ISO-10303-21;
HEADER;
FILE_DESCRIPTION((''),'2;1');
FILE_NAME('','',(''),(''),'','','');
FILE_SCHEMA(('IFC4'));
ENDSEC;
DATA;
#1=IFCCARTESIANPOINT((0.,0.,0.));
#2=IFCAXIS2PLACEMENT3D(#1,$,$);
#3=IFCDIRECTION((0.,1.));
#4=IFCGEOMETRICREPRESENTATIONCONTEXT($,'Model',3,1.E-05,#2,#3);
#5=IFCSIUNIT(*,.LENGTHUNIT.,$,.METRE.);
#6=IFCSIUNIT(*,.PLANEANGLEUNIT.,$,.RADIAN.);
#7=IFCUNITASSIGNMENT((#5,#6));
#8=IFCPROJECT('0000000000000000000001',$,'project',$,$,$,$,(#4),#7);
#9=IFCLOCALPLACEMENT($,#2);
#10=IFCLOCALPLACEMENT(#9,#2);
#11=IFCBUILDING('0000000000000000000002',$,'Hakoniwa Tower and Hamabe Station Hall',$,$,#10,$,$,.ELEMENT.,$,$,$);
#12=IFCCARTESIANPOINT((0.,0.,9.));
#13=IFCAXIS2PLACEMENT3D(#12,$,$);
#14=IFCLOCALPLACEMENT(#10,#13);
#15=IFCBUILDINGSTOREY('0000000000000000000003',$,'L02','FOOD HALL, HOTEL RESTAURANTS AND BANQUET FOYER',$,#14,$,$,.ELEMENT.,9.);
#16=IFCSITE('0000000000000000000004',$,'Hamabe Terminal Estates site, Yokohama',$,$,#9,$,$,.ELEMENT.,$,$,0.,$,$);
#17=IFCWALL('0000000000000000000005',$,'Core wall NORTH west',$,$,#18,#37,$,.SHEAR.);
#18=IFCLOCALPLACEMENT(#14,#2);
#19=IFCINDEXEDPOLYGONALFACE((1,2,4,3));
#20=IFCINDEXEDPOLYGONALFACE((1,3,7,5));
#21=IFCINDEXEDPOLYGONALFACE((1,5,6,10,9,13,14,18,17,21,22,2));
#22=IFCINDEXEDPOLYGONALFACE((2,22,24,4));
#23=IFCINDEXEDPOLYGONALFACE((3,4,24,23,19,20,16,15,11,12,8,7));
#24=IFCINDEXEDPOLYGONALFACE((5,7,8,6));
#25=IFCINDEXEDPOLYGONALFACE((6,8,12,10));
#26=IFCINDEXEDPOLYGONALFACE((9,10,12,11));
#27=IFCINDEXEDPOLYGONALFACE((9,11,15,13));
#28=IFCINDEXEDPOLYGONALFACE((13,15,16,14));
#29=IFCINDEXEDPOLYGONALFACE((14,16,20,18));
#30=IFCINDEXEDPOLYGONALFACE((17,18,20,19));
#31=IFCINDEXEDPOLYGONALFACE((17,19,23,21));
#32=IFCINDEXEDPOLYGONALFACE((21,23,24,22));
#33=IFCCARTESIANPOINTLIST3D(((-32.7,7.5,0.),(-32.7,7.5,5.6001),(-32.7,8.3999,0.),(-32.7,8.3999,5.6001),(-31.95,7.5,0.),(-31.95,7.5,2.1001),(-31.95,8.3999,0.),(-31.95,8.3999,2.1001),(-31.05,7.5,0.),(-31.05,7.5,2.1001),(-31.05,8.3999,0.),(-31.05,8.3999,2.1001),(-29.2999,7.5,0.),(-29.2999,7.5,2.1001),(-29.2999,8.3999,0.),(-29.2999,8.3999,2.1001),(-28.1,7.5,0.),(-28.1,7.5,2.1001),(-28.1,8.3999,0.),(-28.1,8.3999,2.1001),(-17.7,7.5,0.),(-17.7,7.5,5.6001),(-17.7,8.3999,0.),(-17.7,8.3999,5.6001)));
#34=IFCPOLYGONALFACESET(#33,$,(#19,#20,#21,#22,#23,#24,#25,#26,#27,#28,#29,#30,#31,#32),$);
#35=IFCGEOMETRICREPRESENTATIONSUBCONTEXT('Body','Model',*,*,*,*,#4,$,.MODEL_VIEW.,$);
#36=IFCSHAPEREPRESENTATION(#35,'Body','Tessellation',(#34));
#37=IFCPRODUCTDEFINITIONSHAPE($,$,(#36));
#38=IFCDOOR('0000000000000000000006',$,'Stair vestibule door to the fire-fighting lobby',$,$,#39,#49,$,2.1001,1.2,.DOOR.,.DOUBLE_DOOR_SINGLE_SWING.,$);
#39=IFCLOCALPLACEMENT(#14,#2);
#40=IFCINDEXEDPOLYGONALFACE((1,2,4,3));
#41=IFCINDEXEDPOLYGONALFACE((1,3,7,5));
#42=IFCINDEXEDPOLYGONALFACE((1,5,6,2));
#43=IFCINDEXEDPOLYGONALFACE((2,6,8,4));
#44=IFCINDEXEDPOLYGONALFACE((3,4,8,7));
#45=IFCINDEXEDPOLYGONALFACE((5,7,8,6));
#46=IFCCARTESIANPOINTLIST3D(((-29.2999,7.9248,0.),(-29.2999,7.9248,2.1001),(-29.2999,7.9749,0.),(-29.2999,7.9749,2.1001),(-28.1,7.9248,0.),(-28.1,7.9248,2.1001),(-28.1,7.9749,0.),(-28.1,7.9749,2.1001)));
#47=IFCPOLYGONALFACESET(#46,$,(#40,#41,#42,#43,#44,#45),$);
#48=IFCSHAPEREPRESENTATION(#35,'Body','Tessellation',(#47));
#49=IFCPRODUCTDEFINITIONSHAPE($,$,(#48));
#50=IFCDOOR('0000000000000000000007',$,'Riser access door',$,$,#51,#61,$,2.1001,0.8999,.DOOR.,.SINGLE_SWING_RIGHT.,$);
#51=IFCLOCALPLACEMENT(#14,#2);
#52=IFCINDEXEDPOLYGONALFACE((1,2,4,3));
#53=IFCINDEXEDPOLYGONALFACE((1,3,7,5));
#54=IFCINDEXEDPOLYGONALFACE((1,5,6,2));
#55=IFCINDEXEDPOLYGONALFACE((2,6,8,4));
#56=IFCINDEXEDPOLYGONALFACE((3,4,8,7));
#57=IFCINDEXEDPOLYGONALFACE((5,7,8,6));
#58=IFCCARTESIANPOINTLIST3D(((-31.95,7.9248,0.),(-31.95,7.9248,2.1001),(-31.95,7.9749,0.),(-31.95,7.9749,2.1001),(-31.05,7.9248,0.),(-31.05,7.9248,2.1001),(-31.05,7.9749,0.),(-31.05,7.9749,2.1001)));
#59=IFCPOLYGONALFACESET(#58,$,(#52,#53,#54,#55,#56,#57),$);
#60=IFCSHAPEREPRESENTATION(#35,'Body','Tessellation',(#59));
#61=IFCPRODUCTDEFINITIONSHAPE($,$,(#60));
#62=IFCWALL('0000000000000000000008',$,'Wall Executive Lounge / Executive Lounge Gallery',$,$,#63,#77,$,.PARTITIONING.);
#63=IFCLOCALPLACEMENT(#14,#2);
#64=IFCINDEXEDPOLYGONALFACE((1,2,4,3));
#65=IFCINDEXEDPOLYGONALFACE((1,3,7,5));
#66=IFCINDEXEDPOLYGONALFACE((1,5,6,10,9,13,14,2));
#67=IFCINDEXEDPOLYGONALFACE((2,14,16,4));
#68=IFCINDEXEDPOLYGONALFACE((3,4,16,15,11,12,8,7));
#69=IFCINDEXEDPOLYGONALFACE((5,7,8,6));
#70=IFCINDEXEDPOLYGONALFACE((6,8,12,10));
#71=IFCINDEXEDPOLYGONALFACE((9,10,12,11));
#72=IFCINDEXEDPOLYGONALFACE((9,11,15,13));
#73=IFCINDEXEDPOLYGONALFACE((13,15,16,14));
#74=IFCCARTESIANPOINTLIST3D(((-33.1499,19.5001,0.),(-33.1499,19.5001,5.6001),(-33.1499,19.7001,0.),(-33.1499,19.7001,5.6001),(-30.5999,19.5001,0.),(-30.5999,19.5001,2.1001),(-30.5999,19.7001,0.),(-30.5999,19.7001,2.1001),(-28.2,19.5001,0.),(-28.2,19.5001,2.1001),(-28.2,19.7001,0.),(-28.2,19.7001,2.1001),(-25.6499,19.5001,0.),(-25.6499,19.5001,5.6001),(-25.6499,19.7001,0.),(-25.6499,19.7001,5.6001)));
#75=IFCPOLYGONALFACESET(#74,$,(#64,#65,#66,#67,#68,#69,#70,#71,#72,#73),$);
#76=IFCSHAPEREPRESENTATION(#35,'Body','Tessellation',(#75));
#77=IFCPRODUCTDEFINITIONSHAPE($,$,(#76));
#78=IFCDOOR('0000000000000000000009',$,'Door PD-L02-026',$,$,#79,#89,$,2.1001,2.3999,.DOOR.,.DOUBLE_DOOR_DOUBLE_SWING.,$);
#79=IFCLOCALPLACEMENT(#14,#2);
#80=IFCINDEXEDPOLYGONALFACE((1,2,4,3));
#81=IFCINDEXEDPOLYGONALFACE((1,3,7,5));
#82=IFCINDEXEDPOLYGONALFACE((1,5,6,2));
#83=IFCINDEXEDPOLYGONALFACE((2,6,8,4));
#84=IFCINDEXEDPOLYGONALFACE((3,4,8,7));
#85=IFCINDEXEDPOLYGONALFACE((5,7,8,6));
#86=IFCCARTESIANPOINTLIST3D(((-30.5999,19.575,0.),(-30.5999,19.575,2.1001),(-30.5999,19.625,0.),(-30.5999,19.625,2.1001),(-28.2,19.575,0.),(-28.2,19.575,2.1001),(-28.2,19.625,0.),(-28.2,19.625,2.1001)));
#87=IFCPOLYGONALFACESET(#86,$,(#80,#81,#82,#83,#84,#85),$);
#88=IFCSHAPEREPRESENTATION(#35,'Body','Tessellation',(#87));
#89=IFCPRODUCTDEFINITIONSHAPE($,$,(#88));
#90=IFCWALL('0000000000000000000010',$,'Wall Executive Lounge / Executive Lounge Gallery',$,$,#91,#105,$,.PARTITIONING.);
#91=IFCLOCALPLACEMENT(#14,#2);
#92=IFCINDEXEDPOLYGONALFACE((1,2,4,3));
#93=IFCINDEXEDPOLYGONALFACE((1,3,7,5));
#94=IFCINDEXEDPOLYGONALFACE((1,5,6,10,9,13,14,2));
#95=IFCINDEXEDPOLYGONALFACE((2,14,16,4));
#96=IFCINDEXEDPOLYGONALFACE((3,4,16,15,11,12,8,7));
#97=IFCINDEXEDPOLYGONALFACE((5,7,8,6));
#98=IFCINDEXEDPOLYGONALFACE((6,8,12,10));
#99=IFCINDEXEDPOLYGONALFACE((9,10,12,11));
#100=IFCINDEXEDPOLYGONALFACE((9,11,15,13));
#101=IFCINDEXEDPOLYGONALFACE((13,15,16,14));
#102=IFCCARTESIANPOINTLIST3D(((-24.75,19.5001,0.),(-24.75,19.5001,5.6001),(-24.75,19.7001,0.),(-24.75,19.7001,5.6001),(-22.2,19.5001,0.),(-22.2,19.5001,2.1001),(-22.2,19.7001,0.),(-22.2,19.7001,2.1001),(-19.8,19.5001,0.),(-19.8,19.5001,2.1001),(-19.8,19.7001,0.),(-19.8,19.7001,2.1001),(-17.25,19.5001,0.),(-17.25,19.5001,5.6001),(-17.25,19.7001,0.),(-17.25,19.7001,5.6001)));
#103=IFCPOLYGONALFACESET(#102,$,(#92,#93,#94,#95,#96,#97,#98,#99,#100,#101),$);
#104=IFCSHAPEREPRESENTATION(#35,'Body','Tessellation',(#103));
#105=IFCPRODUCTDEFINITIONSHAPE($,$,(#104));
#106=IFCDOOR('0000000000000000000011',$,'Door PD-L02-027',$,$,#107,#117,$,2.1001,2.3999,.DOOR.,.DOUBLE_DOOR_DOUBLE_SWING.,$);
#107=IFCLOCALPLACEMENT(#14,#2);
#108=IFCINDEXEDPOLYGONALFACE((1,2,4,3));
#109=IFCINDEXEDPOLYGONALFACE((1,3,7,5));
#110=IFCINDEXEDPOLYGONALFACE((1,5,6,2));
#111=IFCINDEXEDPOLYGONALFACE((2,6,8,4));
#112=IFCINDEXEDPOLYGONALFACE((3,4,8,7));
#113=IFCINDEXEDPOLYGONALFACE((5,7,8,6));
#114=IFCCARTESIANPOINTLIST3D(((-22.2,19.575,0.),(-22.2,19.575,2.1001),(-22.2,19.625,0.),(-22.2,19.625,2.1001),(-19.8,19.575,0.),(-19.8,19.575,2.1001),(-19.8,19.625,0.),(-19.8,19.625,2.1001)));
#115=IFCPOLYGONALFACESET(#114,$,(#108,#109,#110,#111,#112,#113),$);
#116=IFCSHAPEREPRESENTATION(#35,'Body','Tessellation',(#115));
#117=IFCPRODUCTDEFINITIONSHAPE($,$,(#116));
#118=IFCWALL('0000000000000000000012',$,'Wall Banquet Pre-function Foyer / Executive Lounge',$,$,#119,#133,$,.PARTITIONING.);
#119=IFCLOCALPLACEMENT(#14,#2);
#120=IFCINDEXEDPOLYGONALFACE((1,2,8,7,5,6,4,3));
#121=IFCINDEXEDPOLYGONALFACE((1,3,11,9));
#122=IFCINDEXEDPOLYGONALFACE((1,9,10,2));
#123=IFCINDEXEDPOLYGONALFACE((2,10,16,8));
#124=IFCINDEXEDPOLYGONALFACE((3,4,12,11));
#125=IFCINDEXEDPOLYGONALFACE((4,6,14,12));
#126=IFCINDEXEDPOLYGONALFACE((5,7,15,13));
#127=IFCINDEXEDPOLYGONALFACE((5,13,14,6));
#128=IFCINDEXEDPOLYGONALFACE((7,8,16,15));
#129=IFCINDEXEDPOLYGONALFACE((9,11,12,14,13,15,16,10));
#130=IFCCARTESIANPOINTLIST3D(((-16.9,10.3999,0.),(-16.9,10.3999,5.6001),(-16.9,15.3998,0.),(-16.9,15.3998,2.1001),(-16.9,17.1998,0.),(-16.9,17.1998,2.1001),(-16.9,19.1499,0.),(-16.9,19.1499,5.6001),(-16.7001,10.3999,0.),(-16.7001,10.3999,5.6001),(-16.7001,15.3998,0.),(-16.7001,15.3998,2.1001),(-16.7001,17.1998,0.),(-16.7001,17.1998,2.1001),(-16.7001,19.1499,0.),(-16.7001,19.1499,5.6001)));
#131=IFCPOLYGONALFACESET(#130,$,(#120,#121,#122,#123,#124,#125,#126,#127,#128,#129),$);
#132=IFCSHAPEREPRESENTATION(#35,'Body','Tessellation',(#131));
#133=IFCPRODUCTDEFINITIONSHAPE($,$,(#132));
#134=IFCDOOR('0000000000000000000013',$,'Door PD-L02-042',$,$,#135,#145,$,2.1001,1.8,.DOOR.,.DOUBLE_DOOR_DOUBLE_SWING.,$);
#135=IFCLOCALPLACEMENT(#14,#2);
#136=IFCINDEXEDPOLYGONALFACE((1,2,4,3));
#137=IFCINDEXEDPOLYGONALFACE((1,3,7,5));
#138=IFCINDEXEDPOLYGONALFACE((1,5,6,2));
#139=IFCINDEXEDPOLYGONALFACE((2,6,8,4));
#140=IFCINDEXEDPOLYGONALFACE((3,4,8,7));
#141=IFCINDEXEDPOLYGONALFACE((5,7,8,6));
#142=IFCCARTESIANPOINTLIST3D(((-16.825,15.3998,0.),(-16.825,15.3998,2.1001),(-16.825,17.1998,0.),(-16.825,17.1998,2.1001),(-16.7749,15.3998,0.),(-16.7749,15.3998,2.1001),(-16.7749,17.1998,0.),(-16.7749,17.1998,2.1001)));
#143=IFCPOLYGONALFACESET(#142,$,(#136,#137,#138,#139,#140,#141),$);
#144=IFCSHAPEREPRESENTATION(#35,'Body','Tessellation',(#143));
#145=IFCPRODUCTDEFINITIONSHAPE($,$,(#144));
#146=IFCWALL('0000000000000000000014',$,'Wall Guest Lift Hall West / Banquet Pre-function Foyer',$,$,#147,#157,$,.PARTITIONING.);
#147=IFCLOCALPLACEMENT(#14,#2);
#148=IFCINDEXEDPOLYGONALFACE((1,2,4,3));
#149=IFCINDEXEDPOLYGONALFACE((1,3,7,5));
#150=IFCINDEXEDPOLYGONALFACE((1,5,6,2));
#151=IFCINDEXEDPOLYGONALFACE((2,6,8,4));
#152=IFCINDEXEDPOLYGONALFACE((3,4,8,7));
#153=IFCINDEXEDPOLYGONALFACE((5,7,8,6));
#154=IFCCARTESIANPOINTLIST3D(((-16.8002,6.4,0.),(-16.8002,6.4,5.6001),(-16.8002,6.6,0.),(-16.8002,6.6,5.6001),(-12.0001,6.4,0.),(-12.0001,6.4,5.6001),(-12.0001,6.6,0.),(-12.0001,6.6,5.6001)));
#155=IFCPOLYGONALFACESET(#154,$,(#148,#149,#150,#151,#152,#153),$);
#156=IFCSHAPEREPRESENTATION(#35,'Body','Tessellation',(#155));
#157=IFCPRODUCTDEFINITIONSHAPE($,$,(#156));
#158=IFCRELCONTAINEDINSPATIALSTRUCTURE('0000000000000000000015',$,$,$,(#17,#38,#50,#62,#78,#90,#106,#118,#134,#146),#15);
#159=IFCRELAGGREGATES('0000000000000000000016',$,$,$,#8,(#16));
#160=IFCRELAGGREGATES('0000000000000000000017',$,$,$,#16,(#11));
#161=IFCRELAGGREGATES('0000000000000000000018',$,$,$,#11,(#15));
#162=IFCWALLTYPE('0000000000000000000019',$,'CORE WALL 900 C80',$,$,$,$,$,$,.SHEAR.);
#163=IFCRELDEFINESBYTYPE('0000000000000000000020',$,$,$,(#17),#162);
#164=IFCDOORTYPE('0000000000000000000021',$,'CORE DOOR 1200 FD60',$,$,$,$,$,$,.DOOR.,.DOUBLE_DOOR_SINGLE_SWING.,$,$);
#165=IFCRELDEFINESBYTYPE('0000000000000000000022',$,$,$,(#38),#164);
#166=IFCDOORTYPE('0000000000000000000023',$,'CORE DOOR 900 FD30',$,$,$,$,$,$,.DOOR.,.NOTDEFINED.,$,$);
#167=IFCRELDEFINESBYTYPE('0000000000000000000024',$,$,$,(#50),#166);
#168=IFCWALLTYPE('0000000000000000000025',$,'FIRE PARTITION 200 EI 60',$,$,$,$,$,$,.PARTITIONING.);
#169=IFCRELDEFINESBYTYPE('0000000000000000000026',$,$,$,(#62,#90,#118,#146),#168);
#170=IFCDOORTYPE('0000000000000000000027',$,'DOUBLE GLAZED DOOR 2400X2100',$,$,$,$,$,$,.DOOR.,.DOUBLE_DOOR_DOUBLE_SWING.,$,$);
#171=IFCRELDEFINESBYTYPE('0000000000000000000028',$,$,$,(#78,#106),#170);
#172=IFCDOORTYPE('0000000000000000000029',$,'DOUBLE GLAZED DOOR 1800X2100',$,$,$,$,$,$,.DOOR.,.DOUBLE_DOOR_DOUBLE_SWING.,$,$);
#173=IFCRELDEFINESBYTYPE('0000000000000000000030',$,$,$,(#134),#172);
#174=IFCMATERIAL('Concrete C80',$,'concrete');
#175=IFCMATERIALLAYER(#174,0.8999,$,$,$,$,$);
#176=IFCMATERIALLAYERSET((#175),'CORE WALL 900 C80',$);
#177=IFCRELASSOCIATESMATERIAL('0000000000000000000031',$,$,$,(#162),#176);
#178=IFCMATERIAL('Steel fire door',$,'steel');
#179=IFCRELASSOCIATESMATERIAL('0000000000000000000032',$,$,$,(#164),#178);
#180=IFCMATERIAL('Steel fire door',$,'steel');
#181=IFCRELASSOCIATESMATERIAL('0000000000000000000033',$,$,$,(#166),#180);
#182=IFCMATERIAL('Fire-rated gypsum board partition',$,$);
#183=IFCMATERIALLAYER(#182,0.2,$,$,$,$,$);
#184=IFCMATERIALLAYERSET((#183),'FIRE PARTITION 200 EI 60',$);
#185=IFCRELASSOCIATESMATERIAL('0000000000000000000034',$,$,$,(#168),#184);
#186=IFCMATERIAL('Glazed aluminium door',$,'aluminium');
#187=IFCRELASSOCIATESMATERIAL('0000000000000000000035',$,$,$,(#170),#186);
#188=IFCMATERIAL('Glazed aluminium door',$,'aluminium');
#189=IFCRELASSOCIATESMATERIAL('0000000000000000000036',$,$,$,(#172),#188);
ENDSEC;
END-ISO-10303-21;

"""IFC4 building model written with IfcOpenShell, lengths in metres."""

from ifc_helpers import new_model, si_unit, direction, frame, frame_2d, origin, place, context, subcontext, project, spatial, rectangle, extrude, material, layer, layer_set, type_object, element, fill, save


model = new_model("IFC4")

# Units and contexts
model_context = context("Model", 3, precision=1e-05, world=origin(), true_north=direction((0.0, 1.0)))
body_context = subcontext(model_context, "Body", "Model", "MODEL_VIEW")
ifc_project = project(units=[si_unit("LENGTHUNIT", "METRE"), si_unit("PLANEANGLEUNIT", "RADIAN")], contexts=[model_context])

# Site, building, storey
site_placement = place(None, origin())
site = spatial("IfcSite", under=ifc_project, at=site_placement, Name="Hamabe Terminal Estates site, Yokohama", CompositionType="ELEMENT", RefElevation=0.0)
building_placement = place(site_placement, origin())
building = spatial("IfcBuilding", under=site, at=building_placement, Name="Hakoniwa Tower and Hamabe Station Hall", CompositionType="ELEMENT")
storey_placement = place(building_placement, frame((0.0, 0.0, 9.0)))
storey = spatial("IfcBuildingStorey", under=building, at=storey_placement, Name="L02", Description="FOOD HALL, HOTEL RESTAURANTS AND BANQUET FOYER", CompositionType="ELEMENT", Elevation=9.0)

# Wall, openings, doors
ifc_material_1 = material(Name="Concrete C80", Category="concrete")
ifc_layer_1 = layer(ifc_material_1, 0.8999)
ifc_layer_set_1 = layer_set([ifc_layer_1], Name="CORE WALL 900 C80")
wall_type_1 = type_object("IfcWallType", Name="CORE WALL 900 C80", PredefinedType="SHEAR", material=ifc_layer_set_1)
wall_1_placement = place(storey_placement, frame((-32.7, 7.95, 0.0), z_axis=(0.0, 0.0, 1.0), x_axis=(1.0, 0.0, 0.0)))
wall_1 = element("IfcWall", 1, at=wall_1_placement, inside=storey, type_object=wall_type_1, Name="Core wall NORTH west", PredefinedType="SHEAR", context=body_context, shape_type="SweptSolid", body=[
    extrude(rectangle(XDim=15.0, YDim=0.8999, at=frame_2d((7.5, 0.0))), origin(), (0.0, 0.0, 1.0), 5.6001),
])
opening_1_placement = place(wall_1_placement, frame((3.3999, 0.0, 0.0)))
opening_1 = element("IfcOpeningElement", 2, at=opening_1_placement, cuts=wall_1, PredefinedType="OPENING", context=body_context, shape_type="SweptSolid", body=[
    extrude(rectangle(XDim=1.2, YDim=2.1001, at=frame_2d((0.6001, 1.05))), frame((0.0, 0.46, 0.0), z_axis=(0.0, -1.0, 0.0), x_axis=(1.0, 0.0, 0.0)), (0.0, 0.0, 1.0), 0.9199),
])
opening_2_placement = place(wall_1_placement, frame((0.75, 0.0, 0.0)))
opening_2 = element("IfcOpeningElement", 3, at=opening_2_placement, cuts=wall_1, PredefinedType="OPENING", context=body_context, shape_type="SweptSolid", body=[
    extrude(rectangle(XDim=0.8999, YDim=2.1001, at=frame_2d((0.45, 1.05))), frame((0.0, 0.46, 0.0), z_axis=(0.0, -1.0, 0.0), x_axis=(1.0, 0.0, 0.0)), (0.0, 0.0, 1.0), 0.9199),
])
ifc_material_2 = material(Name="Steel fire door", Category="steel")
door_type_1 = type_object("IfcDoorType", Name="CORE DOOR 1200 FD60", OperationType="DOUBLE_DOOR_SINGLE_SWING", PredefinedType="DOOR", material=ifc_material_2)
door_1_placement = place(opening_1_placement, origin())
door_1 = element("IfcDoor", 4, at=door_1_placement, inside=storey, type_object=door_type_1, Name="Stair vestibule door to the fire-fighting lobby", OperationType="DOUBLE_DOOR_SINGLE_SWING", OverallHeight=2.1001, OverallWidth=1.2, PredefinedType="DOOR", context=body_context, shape_type="SweptSolid", body=[
    extrude(rectangle(XDim=1.2, YDim=2.1001, at=frame_2d((0.6001, 1.05))), frame((0.0, 0.0249, 0.0), z_axis=(0.0, -1.0, 0.0), x_axis=(1.0, 0.0, 0.0)), (0.0, 0.0, 1.0), 0.05),
])
fill(opening_1, door_1)
ifc_material_3 = material(Name="Steel fire door", Category="steel")
door_type_2 = type_object("IfcDoorType", Name="CORE DOOR 900 FD30", OperationType="NOTDEFINED", PredefinedType="DOOR", material=ifc_material_3)
door_2_placement = place(opening_2_placement, origin())
door_2 = element("IfcDoor", 5, at=door_2_placement, inside=storey, type_object=door_type_2, Name="Riser access door", OperationType="SINGLE_SWING_RIGHT", OverallHeight=2.1001, OverallWidth=0.8999, PredefinedType="DOOR", context=body_context, shape_type="SweptSolid", body=[
    extrude(rectangle(XDim=0.8999, YDim=2.1001, at=frame_2d((0.45, 1.05))), frame((0.0, 0.0249, 0.0), z_axis=(0.0, -1.0, 0.0), x_axis=(1.0, 0.0, 0.0)), (0.0, 0.0, 1.0), 0.05),
])
fill(opening_2, door_2)

# Walls, openings, doors
ifc_material_4 = material(Name="Fire-rated gypsum board partition")
ifc_layer_2 = layer(ifc_material_4, 0.2)
ifc_layer_set_2 = layer_set([ifc_layer_2], Name="FIRE PARTITION 200 EI 60")
wall_type_2 = type_object("IfcWallType", Name="FIRE PARTITION 200 EI 60", PredefinedType="PARTITIONING", material=ifc_layer_set_2)
wall_2_placement = place(storey_placement, frame((-33.1499, 19.6001, 0.0), z_axis=(0.0, 0.0, 1.0), x_axis=(1.0, 0.0, 0.0)))
wall_2 = element("IfcWall", 6, at=wall_2_placement, inside=storey, type_object=wall_type_2, Name="Wall Executive Lounge / Executive Lounge Gallery", PredefinedType="PARTITIONING", context=body_context, shape_type="SweptSolid", body=[
    extrude(rectangle(XDim=7.5, YDim=0.2, at=frame_2d((3.75, 0.0))), origin(), (0.0, 0.0, 1.0), 5.6001),
])
opening_3_placement = place(wall_2_placement, frame((2.55, 0.0, 0.0)))
opening_3 = element("IfcOpeningElement", 7, at=opening_3_placement, cuts=wall_2, PredefinedType="OPENING", context=body_context, shape_type="SweptSolid", body=[
    extrude(rectangle(XDim=2.3999, YDim=2.1001, at=frame_2d((1.2, 1.05))), frame((0.0, 0.1099, 0.0), z_axis=(0.0, -1.0, 0.0), x_axis=(1.0, 0.0, 0.0)), (0.0, 0.0, 1.0), 0.22),
])
ifc_material_5 = material(Name="Glazed aluminium door", Category="aluminium")
door_type_3 = type_object("IfcDoorType", Name="DOUBLE GLAZED DOOR 2400X2100", OperationType="DOUBLE_DOOR_DOUBLE_SWING", PredefinedType="DOOR", material=ifc_material_5)
door_3_placement = place(opening_3_placement, origin())
door_3 = element("IfcDoor", 8, at=door_3_placement, inside=storey, type_object=door_type_3, Name="Door PD-L02-026", OperationType="DOUBLE_DOOR_DOUBLE_SWING", OverallHeight=2.1001, OverallWidth=2.3999, PredefinedType="DOOR", context=body_context, shape_type="SweptSolid", body=[
    extrude(rectangle(XDim=2.3999, YDim=2.1001, at=frame_2d((1.2, 1.05))), frame((0.0, 0.0249, 0.0), z_axis=(0.0, -1.0, 0.0), x_axis=(1.0, 0.0, 0.0)), (0.0, 0.0, 1.0), 0.05),
])
fill(opening_3, door_3)
wall_3_placement = place(storey_placement, frame((-24.75, 19.6001, 0.0), z_axis=(0.0, 0.0, 1.0), x_axis=(1.0, 0.0, 0.0)))
wall_3 = element("IfcWall", 9, at=wall_3_placement, inside=storey, type_object=wall_type_2, Name="Wall Executive Lounge / Executive Lounge Gallery", PredefinedType="PARTITIONING", context=body_context, shape_type="SweptSolid", body=[
    extrude(rectangle(XDim=7.5, YDim=0.2, at=frame_2d((3.75, 0.0))), origin(), (0.0, 0.0, 1.0), 5.6001),
])
opening_4_placement = place(wall_3_placement, frame((2.55, 0.0, 0.0)))
opening_4 = element("IfcOpeningElement", 10, at=opening_4_placement, cuts=wall_3, PredefinedType="OPENING", context=body_context, shape_type="SweptSolid", body=[
    extrude(rectangle(XDim=2.3999, YDim=2.1001, at=frame_2d((1.2, 1.05))), frame((0.0, 0.1099, 0.0), z_axis=(0.0, -1.0, 0.0), x_axis=(1.0, 0.0, 0.0)), (0.0, 0.0, 1.0), 0.22),
])
door_4_placement = place(opening_4_placement, origin())
door_4 = element("IfcDoor", 11, at=door_4_placement, inside=storey, type_object=door_type_3, Name="Door PD-L02-027", OperationType="DOUBLE_DOOR_DOUBLE_SWING", OverallHeight=2.1001, OverallWidth=2.3999, PredefinedType="DOOR", context=body_context, shape_type="SweptSolid", body=[
    extrude(rectangle(XDim=2.3999, YDim=2.1001, at=frame_2d((1.2, 1.05))), frame((0.0, 0.0249, 0.0), z_axis=(0.0, -1.0, 0.0), x_axis=(1.0, 0.0, 0.0)), (0.0, 0.0, 1.0), 0.05),
])
fill(opening_4, door_4)
wall_4_placement = place(storey_placement, frame((-16.8, 10.3999, 0.0), z_axis=(0.0, 0.0, 1.0), x_axis=(0.0, 1.0, 0.0)))
wall_4 = element("IfcWall", 12, at=wall_4_placement, inside=storey, type_object=wall_type_2, Name="Wall Banquet Pre-function Foyer / Executive Lounge", PredefinedType="PARTITIONING", context=body_context, shape_type="SweptSolid", body=[
    extrude(rectangle(XDim=8.75, YDim=0.2, at=frame_2d((4.375, 0.0))), origin(), (0.0, 0.0, 1.0), 5.6001),
])
opening_5_placement = place(wall_4_placement, frame((5.0, 0.0, 0.0)))
opening_5 = element("IfcOpeningElement", 13, at=opening_5_placement, cuts=wall_4, PredefinedType="OPENING", context=body_context, shape_type="SweptSolid", body=[
    extrude(rectangle(XDim=1.8, YDim=2.1001, at=frame_2d((0.8999, 1.05))), frame((0.0, 0.1099, 0.0), z_axis=(0.0, -1.0, 0.0), x_axis=(1.0, 0.0, 0.0)), (0.0, 0.0, 1.0), 0.22),
])
ifc_material_6 = material(Name="Glazed aluminium door", Category="aluminium")
door_type_4 = type_object("IfcDoorType", Name="DOUBLE GLAZED DOOR 1800X2100", OperationType="DOUBLE_DOOR_DOUBLE_SWING", PredefinedType="DOOR", material=ifc_material_6)
door_5_placement = place(opening_5_placement, origin())
door_5 = element("IfcDoor", 14, at=door_5_placement, inside=storey, type_object=door_type_4, Name="Door PD-L02-042", OperationType="DOUBLE_DOOR_DOUBLE_SWING", OverallHeight=2.1001, OverallWidth=1.8, PredefinedType="DOOR", context=body_context, shape_type="SweptSolid", body=[
    extrude(rectangle(XDim=1.8, YDim=2.1001, at=frame_2d((0.8999, 1.05))), frame((0.0, 0.0249, 0.0), z_axis=(0.0, -1.0, 0.0), x_axis=(1.0, 0.0, 0.0)), (0.0, 0.0, 1.0), 0.05),
])
fill(opening_5, door_5)

# Wall
wall_5_placement = place(storey_placement, frame((-16.8, 6.5, 0.0), z_axis=(0.0, 0.0, 1.0), x_axis=(1.0, 0.0, 0.0)))
element("IfcWall", 15, at=wall_5_placement, inside=storey, type_object=wall_type_2, Name="Wall Guest Lift Hall West / Banquet Pre-function Foyer", PredefinedType="PARTITIONING", context=body_context, shape_type="SweptSolid", body=[
    extrude(rectangle(XDim=4.8, YDim=0.2, at=frame_2d((2.3999, 0.0))), origin(), (0.0, 0.0, 1.0), 5.6001),
])

save(model, "model.ifc")
